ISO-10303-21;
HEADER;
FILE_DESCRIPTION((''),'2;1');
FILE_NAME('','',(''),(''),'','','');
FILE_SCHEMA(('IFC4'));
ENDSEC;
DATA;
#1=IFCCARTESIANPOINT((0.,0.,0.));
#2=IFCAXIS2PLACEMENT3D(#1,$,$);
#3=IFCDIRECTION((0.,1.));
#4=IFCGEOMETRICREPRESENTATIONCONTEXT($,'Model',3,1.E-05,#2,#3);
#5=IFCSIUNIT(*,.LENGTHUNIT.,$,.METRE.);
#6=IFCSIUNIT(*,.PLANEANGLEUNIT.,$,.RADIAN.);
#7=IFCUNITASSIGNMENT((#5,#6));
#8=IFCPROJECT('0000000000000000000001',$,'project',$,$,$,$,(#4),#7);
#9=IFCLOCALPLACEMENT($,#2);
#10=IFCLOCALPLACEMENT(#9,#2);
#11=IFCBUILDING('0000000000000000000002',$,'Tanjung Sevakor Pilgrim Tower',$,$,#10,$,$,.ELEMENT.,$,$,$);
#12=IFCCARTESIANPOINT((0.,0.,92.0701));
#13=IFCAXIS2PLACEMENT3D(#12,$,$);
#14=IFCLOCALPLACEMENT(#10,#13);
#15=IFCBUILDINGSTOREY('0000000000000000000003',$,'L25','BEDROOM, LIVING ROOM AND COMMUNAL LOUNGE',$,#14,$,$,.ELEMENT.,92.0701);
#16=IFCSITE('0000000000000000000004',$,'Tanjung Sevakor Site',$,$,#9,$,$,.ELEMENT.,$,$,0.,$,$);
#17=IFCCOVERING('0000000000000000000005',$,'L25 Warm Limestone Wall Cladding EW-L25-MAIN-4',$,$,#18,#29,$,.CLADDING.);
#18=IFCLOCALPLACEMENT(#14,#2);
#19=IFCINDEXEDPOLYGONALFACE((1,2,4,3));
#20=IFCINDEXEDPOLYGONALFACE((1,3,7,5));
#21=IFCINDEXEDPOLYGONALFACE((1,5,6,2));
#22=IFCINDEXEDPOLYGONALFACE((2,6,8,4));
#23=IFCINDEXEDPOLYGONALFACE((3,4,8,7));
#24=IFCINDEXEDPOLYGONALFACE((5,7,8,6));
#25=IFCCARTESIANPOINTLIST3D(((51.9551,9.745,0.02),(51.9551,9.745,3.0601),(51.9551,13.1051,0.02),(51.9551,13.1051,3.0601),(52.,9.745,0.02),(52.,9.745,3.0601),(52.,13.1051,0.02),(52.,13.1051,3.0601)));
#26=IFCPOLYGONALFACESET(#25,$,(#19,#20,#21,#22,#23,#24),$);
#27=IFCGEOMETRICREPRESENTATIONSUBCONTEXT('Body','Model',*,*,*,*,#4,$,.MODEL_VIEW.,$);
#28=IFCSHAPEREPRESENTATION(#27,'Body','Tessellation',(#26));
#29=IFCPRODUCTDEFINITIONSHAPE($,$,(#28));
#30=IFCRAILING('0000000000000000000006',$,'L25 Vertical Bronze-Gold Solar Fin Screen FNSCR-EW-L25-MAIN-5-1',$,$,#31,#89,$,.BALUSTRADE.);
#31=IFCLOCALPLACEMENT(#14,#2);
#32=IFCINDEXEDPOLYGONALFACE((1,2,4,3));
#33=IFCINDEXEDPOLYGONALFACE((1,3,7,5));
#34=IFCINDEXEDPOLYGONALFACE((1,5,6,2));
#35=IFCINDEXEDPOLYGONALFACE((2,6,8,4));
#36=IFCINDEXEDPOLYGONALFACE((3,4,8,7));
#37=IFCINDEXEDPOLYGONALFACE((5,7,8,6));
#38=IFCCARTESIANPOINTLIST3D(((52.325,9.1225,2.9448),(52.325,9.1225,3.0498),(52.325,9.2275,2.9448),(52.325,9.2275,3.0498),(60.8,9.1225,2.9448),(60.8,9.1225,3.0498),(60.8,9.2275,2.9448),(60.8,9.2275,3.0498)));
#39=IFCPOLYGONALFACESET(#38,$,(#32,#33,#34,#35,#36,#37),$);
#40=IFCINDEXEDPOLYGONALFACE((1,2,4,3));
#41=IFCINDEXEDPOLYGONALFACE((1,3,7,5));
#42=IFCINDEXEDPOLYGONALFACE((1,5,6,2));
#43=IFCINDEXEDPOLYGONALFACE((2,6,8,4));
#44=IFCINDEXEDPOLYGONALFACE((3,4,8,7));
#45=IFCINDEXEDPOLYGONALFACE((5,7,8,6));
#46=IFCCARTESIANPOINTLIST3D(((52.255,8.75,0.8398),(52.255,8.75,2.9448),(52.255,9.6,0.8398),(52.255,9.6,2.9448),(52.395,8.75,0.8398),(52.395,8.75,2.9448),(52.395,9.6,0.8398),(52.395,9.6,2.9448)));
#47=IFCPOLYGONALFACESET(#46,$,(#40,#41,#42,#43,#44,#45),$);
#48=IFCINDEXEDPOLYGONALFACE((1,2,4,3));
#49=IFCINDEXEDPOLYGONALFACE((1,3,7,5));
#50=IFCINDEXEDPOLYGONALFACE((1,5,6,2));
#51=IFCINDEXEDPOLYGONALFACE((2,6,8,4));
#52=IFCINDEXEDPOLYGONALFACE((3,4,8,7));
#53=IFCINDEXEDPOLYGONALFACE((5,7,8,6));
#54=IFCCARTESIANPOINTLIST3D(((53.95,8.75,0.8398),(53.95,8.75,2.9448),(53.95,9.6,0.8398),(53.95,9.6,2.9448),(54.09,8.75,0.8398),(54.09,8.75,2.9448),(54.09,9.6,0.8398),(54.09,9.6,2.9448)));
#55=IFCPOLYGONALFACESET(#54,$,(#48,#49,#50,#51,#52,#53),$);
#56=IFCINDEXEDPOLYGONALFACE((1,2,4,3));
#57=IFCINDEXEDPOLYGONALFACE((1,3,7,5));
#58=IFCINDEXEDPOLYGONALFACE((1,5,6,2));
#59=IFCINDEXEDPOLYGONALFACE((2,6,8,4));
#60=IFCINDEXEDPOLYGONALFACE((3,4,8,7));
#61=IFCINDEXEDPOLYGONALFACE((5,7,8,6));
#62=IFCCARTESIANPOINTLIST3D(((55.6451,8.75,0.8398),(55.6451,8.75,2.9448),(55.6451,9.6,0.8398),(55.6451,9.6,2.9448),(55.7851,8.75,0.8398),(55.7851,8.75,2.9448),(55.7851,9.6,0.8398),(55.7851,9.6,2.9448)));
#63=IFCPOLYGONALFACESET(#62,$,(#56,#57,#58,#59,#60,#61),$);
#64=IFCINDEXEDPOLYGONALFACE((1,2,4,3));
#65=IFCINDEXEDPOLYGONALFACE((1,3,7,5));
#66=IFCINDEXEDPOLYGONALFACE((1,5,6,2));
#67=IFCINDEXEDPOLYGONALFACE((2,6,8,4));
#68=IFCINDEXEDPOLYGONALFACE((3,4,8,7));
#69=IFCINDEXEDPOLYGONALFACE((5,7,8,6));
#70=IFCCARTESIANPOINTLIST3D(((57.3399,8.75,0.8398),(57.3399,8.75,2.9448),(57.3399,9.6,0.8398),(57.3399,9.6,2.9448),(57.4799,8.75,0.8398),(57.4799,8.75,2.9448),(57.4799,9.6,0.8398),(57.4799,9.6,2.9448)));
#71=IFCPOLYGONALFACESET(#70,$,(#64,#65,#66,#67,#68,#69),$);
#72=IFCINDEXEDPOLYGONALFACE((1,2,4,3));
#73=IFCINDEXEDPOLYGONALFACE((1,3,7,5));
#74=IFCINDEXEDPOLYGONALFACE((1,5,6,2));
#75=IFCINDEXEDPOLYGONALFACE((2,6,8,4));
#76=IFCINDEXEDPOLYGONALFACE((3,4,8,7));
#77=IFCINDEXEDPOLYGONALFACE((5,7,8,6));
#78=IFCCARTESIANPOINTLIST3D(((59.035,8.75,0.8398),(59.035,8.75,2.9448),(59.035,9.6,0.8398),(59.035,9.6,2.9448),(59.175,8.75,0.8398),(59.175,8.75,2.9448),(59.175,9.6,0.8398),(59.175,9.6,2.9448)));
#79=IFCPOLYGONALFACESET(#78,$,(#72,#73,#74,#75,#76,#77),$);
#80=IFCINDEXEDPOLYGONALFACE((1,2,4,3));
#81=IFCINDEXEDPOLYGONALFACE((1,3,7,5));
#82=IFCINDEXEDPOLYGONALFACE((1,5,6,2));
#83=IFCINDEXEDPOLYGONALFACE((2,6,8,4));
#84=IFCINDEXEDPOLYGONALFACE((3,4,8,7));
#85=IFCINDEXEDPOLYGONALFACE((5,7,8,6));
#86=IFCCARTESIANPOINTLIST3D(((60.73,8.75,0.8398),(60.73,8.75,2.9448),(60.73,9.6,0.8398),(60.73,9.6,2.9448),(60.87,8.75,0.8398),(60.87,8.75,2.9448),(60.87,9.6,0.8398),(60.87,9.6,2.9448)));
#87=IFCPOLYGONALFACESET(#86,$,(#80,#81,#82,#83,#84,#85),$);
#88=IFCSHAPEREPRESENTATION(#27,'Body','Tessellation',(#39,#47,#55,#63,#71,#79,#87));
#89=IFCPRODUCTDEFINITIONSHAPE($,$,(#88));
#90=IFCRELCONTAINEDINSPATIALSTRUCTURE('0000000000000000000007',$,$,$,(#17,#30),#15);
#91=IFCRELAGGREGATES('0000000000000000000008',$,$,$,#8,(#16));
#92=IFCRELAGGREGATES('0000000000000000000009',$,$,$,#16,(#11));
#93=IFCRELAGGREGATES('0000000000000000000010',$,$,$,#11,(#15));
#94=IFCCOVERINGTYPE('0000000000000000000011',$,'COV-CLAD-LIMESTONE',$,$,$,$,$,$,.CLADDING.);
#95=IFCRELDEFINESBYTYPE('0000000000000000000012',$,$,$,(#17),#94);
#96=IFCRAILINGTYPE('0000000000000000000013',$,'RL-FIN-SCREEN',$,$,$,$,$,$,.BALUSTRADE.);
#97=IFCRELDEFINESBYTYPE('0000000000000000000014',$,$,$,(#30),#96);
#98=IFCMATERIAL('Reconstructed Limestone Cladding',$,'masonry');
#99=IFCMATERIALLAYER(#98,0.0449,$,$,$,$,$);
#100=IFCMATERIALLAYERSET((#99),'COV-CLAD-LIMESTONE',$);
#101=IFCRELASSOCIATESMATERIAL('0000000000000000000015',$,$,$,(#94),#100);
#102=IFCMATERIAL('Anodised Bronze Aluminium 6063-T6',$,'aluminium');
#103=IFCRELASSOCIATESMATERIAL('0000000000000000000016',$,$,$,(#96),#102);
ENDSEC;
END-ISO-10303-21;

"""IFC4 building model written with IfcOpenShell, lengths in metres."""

from ifc_helpers import new_model, si_unit, direction, frame, origin, origin_2d, place, context, subcontext, project, spatial, rectangle, extrude, material, layer, layer_set, type_object, element, save


model = new_model("IFC4")

# Units and contexts
model_context = context("Model", 3, precision=1e-05, world=origin(), true_north=direction((0.0, 1.0)))
body_context = subcontext(model_context, "Body", "Model", "MODEL_VIEW")
ifc_project = project(units=[si_unit("LENGTHUNIT", "METRE"), si_unit("PLANEANGLEUNIT", "RADIAN")], contexts=[model_context])

# Site, building, storey
site_placement = place(None, origin())
site = spatial("IfcSite", under=ifc_project, at=site_placement, Name="Tanjung Sevakor Site", CompositionType="ELEMENT", RefElevation=0.0)
building_placement = place(site_placement, origin())
building = spatial("IfcBuilding", under=site, at=building_placement, Name="Tanjung Sevakor Pilgrim Tower", CompositionType="ELEMENT")
storey_placement = place(building_placement, frame((0.0, 0.0, 92.0701)))
storey = spatial("IfcBuildingStorey", under=building, at=storey_placement, Name="L25", Description="BEDROOM, LIVING ROOM AND COMMUNAL LOUNGE", CompositionType="ELEMENT", Elevation=92.0701)

# Covering
ifc_material_1 = material(Name="Reconstructed Limestone Cladding", Category="masonry")
ifc_layer_1 = layer(ifc_material_1, 0.0449)
ifc_layer_set_1 = layer_set([ifc_layer_1], Name="COV-CLAD-LIMESTONE")
covering_type = type_object("IfcCoveringType", Name="COV-CLAD-LIMESTONE", PredefinedType="CLADDING", material=ifc_layer_set_1)
for number, where, z_axis, x_axis, name in (
    (1, (51.9775, 11.425, 0.02), (0.0, 0.0, 1.0), (0.0, -1.0, 0.0), "L25 Warm Limestone Wall Cladding EW-L25-MAIN-4"),
):
    element("IfcCovering", number, at=place(storey_placement, frame(where, z_axis=z_axis, x_axis=x_axis)), inside=storey, type_object=covering_type, Name=name, PredefinedType="CLADDING", context=body_context, shape_type="SweptSolid", body=[
        extrude(rectangle(XDim=3.3601, YDim=0.0449, at=origin_2d()), origin(), (0.0, 0.0, 1.0), 3.04),
    ])

# Railing
ifc_material_2 = material(Name="Anodised Bronze Aluminium 6063-T6", Category="aluminium")
railing_type = type_object("IfcRailingType", Name="RL-FIN-SCREEN", PredefinedType="BALUSTRADE", material=ifc_material_2)
railing_placement = place(storey_placement, frame((52.325, 9.175, 0.8398)))
element("IfcRailing", 2, at=railing_placement, inside=storey, type_object=railing_type, Name="L25 Vertical Bronze-Gold Solar Fin Screen FNSCR-EW-L25-MAIN-5-1", PredefinedType="BALUSTRADE", context=body_context, shape_type="SweptSolid", body=[
    extrude(rectangle(XDim=0.105, YDim=0.105), frame((0.0, 0.0, 2.1575), z_axis=(1.0, 0.0, 0.0), x_axis=(0.0, 1.0, 0.0)), (0.0, 0.0, 1.0), 8.4751),
    extrude(rectangle(XDim=0.14, YDim=0.85), origin(), (0.0, 0.0, 1.0), 2.105),
    extrude(rectangle(XDim=0.14, YDim=0.85), frame((1.6951, 0.0, 0.0)), (0.0, 0.0, 1.0), 2.105),
    extrude(rectangle(XDim=0.14, YDim=0.85), frame((3.3901, 0.0, 0.0)), (0.0, 0.0, 1.0), 2.105),
    extrude(rectangle(XDim=0.14, YDim=0.85), frame((5.085, 0.0, 0.0)), (0.0, 0.0, 1.0), 2.105),
    extrude(rectangle(XDim=0.14, YDim=0.85), frame((6.78, 0.0, 0.0)), (0.0, 0.0, 1.0), 2.105),
    extrude(rectangle(XDim=0.14, YDim=0.85), frame((8.4751, 0.0, 0.0)), (0.0, 0.0, 1.0), 2.105),
])

save(model, "model.ifc")
